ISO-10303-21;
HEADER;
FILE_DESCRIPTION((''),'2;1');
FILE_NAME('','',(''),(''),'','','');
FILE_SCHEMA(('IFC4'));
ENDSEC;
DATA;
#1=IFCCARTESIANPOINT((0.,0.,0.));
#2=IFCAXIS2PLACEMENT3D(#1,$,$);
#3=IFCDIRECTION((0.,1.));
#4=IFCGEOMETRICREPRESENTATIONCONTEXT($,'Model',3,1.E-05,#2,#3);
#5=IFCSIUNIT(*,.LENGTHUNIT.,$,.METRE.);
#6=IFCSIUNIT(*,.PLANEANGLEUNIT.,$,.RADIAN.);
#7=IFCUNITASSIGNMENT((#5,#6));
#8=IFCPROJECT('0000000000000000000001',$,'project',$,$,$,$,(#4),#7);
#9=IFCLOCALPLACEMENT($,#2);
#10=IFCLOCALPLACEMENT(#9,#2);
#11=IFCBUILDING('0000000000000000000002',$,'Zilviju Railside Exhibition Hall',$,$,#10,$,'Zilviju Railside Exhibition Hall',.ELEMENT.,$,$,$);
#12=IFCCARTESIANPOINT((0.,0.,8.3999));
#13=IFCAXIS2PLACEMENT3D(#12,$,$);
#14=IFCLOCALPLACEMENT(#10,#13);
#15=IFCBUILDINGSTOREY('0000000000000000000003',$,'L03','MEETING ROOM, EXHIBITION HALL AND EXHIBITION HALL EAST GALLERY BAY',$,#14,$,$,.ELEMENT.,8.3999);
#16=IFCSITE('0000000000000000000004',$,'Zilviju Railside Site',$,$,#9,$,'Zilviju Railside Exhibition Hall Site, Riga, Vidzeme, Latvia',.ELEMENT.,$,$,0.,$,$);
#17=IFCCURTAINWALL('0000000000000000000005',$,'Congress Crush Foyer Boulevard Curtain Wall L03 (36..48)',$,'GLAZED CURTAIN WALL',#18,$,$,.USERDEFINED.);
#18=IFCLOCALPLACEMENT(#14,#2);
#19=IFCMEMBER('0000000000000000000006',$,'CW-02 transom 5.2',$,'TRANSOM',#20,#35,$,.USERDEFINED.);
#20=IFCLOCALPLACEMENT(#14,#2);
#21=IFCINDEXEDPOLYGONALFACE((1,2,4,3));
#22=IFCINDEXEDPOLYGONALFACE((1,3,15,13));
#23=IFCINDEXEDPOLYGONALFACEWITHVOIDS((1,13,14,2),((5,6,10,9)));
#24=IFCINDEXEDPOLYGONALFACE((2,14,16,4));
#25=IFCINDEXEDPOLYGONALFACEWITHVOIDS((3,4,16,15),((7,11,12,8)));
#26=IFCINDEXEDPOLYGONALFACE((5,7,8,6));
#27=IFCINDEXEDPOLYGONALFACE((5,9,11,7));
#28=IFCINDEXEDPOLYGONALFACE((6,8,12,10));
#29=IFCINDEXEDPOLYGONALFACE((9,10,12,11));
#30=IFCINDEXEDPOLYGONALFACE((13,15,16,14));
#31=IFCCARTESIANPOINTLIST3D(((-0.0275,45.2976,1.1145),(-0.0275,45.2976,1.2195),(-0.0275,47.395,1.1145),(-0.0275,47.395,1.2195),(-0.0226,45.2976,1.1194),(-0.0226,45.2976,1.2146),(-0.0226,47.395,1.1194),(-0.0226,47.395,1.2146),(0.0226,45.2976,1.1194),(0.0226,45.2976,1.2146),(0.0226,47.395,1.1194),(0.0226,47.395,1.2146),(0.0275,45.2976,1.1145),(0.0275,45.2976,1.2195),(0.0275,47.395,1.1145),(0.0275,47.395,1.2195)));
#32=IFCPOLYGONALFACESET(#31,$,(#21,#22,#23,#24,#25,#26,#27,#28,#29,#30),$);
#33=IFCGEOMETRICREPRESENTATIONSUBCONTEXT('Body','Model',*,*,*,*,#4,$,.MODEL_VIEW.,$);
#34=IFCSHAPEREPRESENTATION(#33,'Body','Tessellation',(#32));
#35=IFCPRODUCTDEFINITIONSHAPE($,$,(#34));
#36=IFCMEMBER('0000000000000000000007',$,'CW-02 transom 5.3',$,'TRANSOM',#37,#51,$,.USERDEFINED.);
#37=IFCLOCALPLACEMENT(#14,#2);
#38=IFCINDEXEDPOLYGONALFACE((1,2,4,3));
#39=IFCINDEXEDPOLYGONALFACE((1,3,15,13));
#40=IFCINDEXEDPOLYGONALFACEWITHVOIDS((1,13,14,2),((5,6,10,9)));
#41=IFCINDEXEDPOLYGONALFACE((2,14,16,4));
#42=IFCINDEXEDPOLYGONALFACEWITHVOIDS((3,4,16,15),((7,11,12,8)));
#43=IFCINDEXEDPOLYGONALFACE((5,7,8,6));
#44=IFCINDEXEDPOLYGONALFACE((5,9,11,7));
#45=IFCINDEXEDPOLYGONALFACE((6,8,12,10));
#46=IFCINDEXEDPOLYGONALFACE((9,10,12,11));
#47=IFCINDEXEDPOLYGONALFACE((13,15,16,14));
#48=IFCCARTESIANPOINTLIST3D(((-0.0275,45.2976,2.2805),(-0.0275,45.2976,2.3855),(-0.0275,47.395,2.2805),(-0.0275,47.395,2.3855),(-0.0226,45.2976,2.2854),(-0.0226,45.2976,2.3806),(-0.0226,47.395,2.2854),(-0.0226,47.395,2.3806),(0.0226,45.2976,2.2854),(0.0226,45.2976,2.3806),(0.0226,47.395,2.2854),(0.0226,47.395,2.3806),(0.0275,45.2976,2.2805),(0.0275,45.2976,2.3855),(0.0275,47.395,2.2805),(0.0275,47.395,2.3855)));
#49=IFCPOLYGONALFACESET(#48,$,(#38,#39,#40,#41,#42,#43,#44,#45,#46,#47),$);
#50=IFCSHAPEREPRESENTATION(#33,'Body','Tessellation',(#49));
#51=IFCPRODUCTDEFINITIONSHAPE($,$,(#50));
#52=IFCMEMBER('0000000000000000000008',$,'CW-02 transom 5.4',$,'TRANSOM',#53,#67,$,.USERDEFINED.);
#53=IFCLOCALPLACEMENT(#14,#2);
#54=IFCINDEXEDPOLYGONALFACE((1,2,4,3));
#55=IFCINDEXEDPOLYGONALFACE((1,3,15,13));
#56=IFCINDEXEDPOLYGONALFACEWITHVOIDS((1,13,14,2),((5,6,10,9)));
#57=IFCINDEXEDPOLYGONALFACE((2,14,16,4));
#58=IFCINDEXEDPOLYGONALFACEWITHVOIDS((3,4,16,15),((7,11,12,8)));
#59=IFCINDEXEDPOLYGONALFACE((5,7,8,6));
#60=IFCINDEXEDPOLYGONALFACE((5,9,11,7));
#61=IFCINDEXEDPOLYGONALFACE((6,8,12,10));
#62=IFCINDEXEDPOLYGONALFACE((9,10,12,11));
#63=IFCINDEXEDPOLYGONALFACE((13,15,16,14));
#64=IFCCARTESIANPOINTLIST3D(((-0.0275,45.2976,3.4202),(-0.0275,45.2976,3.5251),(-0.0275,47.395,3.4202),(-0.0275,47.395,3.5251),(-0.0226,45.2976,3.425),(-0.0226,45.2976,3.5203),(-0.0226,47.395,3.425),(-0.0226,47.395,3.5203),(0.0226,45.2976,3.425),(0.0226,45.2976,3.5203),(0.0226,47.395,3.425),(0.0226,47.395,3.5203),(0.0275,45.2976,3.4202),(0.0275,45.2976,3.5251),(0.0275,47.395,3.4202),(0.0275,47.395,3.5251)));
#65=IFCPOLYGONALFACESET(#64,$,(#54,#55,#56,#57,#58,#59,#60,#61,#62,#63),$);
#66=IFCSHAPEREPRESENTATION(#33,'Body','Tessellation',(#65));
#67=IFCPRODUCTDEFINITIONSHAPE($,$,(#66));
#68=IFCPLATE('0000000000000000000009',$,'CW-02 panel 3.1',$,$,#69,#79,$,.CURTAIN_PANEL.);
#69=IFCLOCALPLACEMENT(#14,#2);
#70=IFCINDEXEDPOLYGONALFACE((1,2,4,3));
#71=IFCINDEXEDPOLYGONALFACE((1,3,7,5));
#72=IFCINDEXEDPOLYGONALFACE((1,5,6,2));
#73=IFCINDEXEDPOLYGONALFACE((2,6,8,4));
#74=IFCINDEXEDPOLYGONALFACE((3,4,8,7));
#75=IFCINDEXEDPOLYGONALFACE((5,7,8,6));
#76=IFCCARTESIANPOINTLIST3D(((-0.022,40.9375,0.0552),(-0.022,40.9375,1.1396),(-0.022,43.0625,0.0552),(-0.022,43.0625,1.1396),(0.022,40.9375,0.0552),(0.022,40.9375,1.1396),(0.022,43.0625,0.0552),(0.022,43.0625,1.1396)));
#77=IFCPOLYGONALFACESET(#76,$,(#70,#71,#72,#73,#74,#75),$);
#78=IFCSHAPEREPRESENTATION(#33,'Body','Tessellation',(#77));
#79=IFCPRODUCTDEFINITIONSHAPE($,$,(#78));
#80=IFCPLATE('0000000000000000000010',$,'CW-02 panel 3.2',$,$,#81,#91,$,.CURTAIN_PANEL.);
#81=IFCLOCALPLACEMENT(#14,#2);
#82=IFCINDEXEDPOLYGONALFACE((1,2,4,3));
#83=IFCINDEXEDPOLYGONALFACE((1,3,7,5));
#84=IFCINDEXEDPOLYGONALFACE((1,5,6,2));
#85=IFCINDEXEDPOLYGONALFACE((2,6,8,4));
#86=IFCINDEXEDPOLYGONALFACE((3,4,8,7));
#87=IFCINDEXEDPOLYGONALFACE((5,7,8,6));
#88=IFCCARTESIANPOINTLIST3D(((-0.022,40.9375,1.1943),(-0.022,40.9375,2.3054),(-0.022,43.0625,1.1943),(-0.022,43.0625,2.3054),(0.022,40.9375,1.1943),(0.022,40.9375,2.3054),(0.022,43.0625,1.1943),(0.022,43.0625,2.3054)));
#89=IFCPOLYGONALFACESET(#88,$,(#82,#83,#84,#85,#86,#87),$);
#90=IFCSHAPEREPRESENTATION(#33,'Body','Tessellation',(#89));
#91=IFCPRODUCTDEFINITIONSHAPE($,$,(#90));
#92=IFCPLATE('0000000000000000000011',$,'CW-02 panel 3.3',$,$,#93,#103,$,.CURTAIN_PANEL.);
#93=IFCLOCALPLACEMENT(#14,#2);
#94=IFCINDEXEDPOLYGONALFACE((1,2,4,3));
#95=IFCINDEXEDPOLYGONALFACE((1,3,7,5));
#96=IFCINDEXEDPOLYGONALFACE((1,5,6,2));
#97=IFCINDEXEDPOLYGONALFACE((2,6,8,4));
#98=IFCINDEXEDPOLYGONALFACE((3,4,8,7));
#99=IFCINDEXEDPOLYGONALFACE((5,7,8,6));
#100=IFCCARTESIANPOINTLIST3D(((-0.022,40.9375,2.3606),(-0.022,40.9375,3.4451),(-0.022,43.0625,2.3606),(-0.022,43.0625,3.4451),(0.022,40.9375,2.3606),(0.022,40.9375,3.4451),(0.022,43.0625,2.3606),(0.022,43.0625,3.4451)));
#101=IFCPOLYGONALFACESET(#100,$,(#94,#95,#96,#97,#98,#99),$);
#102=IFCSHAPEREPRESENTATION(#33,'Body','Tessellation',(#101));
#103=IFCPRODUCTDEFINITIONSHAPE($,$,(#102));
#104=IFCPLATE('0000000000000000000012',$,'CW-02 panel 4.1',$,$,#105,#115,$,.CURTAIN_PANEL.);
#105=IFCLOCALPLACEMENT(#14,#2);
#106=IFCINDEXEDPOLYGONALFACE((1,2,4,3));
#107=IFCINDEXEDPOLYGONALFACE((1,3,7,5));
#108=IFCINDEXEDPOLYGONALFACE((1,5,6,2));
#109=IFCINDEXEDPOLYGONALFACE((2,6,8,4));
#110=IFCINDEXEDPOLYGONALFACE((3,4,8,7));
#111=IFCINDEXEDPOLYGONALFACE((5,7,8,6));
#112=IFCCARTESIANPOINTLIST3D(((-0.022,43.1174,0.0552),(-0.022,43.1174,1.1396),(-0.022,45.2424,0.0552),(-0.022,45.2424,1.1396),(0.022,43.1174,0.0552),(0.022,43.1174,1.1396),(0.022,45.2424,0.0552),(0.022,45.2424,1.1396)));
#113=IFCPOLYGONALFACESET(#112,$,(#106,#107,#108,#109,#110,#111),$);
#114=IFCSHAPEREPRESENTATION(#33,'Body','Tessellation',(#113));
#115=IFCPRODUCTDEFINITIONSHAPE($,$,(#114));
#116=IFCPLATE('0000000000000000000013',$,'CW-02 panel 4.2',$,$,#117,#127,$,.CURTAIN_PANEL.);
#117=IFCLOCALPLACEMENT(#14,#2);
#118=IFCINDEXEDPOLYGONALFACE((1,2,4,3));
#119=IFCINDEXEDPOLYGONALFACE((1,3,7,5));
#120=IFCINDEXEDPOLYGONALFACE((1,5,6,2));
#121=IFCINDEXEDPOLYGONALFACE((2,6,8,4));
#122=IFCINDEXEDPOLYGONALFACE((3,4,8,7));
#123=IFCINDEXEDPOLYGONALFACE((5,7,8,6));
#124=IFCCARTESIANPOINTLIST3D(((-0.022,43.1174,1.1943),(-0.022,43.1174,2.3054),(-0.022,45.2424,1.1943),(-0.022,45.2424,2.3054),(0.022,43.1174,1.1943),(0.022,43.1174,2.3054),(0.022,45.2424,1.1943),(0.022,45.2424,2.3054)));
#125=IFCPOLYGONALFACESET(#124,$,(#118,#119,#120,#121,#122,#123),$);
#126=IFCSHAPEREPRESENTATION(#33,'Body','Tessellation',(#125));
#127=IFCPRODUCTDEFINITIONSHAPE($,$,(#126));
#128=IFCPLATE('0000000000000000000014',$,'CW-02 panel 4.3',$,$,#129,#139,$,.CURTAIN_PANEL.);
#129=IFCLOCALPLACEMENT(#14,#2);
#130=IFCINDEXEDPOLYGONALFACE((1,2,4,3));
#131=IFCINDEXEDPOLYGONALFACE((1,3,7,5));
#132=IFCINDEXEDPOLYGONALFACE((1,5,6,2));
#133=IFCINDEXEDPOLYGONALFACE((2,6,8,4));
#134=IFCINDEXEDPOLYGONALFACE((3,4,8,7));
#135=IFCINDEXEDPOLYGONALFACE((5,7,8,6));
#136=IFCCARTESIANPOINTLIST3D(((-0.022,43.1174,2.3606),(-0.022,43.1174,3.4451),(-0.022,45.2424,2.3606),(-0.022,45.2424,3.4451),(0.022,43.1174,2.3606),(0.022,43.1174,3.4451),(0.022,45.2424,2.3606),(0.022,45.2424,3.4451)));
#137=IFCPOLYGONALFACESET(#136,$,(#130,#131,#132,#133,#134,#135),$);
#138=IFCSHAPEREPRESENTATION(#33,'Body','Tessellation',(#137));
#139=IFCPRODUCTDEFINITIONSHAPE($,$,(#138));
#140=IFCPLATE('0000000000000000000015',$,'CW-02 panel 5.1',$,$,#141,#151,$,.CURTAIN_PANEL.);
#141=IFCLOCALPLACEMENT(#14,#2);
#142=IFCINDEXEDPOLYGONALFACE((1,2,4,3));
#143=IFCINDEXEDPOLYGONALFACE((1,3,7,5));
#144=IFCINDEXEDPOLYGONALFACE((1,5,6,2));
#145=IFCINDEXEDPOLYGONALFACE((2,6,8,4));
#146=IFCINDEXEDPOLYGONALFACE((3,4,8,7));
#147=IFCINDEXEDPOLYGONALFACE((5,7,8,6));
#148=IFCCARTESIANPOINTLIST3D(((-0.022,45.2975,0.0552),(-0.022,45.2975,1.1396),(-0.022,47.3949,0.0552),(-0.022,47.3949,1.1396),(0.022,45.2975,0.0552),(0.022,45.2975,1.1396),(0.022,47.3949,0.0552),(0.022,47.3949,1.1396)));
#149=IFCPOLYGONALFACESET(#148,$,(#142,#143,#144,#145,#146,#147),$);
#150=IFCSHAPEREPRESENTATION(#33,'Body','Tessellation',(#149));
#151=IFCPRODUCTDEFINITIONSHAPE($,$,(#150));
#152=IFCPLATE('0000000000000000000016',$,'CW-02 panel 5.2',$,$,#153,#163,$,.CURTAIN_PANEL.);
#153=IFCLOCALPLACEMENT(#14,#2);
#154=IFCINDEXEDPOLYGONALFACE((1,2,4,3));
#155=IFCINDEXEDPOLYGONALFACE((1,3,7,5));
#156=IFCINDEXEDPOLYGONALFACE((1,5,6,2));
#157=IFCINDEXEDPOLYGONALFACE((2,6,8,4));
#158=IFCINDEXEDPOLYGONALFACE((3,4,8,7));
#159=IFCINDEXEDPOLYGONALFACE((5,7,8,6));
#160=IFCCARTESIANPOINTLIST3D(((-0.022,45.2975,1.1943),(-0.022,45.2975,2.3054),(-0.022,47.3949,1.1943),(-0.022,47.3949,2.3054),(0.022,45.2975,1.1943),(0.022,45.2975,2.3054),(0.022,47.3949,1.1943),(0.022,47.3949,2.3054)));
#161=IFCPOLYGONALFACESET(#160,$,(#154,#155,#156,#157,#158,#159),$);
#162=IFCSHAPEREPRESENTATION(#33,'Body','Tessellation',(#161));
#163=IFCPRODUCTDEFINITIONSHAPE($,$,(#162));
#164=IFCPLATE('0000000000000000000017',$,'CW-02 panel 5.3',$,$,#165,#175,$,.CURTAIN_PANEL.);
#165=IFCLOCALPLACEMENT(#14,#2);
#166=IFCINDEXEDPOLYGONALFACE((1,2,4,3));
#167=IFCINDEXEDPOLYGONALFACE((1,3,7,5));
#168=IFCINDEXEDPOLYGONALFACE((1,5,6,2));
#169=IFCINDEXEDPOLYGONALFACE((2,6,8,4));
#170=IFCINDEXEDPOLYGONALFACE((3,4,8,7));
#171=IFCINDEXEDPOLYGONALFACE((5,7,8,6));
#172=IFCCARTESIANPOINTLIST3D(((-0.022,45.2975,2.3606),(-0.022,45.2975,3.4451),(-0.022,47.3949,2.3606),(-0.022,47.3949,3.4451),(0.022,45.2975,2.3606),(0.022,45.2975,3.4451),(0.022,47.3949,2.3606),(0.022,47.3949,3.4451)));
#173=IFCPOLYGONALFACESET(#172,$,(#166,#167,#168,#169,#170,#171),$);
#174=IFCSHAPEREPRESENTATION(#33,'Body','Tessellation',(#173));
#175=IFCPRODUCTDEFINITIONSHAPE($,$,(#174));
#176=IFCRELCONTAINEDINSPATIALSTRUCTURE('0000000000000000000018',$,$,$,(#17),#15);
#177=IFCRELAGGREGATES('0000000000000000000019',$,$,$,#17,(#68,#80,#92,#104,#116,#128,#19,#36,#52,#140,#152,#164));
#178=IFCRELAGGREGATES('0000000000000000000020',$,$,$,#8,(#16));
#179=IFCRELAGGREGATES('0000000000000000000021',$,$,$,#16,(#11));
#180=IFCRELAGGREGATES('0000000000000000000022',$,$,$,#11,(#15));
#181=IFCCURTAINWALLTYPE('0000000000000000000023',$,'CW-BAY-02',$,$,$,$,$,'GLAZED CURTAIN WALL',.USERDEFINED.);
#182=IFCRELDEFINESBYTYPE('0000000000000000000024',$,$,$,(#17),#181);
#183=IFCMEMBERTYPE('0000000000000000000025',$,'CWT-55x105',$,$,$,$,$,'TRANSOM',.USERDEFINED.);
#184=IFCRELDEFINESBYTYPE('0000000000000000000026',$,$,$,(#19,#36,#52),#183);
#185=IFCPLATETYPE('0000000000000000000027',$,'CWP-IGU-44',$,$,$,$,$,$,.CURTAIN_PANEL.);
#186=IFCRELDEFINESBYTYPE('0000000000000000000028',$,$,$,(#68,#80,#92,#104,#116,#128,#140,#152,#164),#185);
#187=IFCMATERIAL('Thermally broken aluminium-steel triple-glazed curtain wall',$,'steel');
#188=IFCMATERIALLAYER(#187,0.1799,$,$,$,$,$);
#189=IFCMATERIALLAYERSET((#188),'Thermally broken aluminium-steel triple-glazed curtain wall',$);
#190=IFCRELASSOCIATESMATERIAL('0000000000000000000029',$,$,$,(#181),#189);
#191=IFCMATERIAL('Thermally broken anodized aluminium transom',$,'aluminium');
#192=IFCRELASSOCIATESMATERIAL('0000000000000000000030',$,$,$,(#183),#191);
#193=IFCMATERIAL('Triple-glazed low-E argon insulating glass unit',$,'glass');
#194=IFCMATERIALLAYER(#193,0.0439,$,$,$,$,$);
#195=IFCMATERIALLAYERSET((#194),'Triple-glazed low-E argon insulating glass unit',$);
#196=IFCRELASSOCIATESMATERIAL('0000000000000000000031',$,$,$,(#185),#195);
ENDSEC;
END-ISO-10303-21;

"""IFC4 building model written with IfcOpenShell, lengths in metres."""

from ifc_helpers import new_model, si_unit, direction, frame, origin, origin_2d, place, context, subcontext, project, spatial, rectangle, hollow_rectangle, extrude, material, layer, layer_set, material_profile, profile_set, type_object, element, aggregate, save


model = new_model("IFC4")

# Units and contexts
model_context = context("Model", 3, precision=1e-05, world=origin(), true_north=direction((0.0, 1.0)))
body_context = subcontext(model_context, "Body", "Model", "MODEL_VIEW")
ifc_project = project(units=[si_unit("LENGTHUNIT", "METRE"), si_unit("PLANEANGLEUNIT", "RADIAN")], contexts=[model_context])

# Site, building, storey
site_placement = place(None, origin())
site = spatial("IfcSite", under=ifc_project, at=site_placement, Name="Zilviju Railside Site", LongName="Zilviju Railside Exhibition Hall Site, Riga, Vidzeme, Latvia", CompositionType="ELEMENT", RefElevation=0.0)
building_placement = place(site_placement, origin())
building = spatial("IfcBuilding", under=site, at=building_placement, Name="Zilviju Railside Exhibition Hall", LongName="Zilviju Railside Exhibition Hall", CompositionType="ELEMENT")
storey_placement = place(building_placement, frame((0.0, 0.0, 8.3999)))
storey = spatial("IfcBuildingStorey", under=building, at=storey_placement, Name="L03", Description="MEETING ROOM, EXHIBITION HALL AND EXHIBITION HALL EAST GALLERY BAY", CompositionType="ELEMENT", Elevation=8.3999)

# Curtain wall, members, plates
ifc_material_1 = material(Name="Thermally broken aluminium-steel triple-glazed curtain wall", Category="steel")
ifc_layer_1 = layer(ifc_material_1, 0.1799)
ifc_layer_set_1 = layer_set([ifc_layer_1], Name="Thermally broken aluminium-steel triple-glazed curtain wall")
curtain_wall_type = type_object("IfcCurtainWallType", Name="CW-BAY-02", ElementType="GLAZED CURTAIN WALL", PredefinedType="USERDEFINED", material=ifc_layer_set_1)
curtain_wall_placement = place(storey_placement, origin())
curtain_wall = element("IfcCurtainWall", 1, at=curtain_wall_placement, inside=storey, type_object=curtain_wall_type, Name="Congress Crush Foyer Boulevard Curtain Wall L03 (36..48)", ObjectType="GLAZED CURTAIN WALL", PredefinedType="USERDEFINED")
ifc_material_2 = material(Name="Thermally broken anodized aluminium transom", Category="aluminium")
ifc_material_profile_1 = material_profile(ifc_material_2, hollow_rectangle(XDim=0.0549, YDim=0.105, WallThickness=0.0049, at=origin_2d()), Name="TRANSOM 105x55x5")
ifc_profile_set_1 = profile_set([ifc_material_profile_1], Name="Thermally broken anodized aluminium transom")
member_type_1 = type_object("IfcMemberType", Name="CWT-55x105", ElementType="TRANSOM", PredefinedType="USERDEFINED", material=ifc_profile_set_1)
member_1_placement = place(storey_placement, frame((0.0, 45.2976, 1.167), z_axis=(0.0, 1.0, 0.0), x_axis=(-1.0, 0.0, 0.0)))
member_1 = element("IfcMember", 2, at=member_1_placement, type_object=member_type_1, Name="CW-02 transom 5.2", ObjectType="TRANSOM", PredefinedType="USERDEFINED", context=body_context, shape_type="SweptSolid", body=[
    extrude(hollow_rectangle(XDim=0.0549, YDim=0.105, WallThickness=0.0049, at=origin_2d()), origin(), (0.0, 0.0, 1.0), 2.0974),
])
member_2_placement = place(storey_placement, frame((0.0, 45.2976, 2.333), z_axis=(0.0, 1.0, 0.0), x_axis=(-1.0, 0.0, 0.0)))
member_2 = element("IfcMember", 3, at=member_2_placement, type_object=member_type_1, Name="CW-02 transom 5.3", ObjectType="TRANSOM", PredefinedType="USERDEFINED", context=body_context, shape_type="SweptSolid", body=[
    extrude(hollow_rectangle(XDim=0.0549, YDim=0.105, WallThickness=0.0049, at=origin_2d()), origin(), (0.0, 0.0, 1.0), 2.0974),
])
member_3_placement = place(storey_placement, frame((0.0, 45.2976, 3.4727), z_axis=(0.0, 1.0, 0.0), x_axis=(-1.0, 0.0, 0.0)))
member_3 = element("IfcMember", 4, at=member_3_placement, type_object=member_type_1, Name="CW-02 transom 5.4", ObjectType="TRANSOM", PredefinedType="USERDEFINED", context=body_context, shape_type="SweptSolid", body=[
    extrude(hollow_rectangle(XDim=0.0549, YDim=0.105, WallThickness=0.0049, at=origin_2d()), origin(), (0.0, 0.0, 1.0), 2.0974),
])
ifc_material_3 = material(Name="Triple-glazed low-E argon insulating glass unit", Category="glass")
ifc_layer_2 = layer(ifc_material_3, 0.0439)
ifc_layer_set_2 = layer_set([ifc_layer_2], Name="Triple-glazed low-E argon insulating glass unit")
plate_type = type_object("IfcPlateType", Name="CWP-IGU-44", PredefinedType="CURTAIN_PANEL", material=ifc_layer_set_2)
plate_1_placement = place(storey_placement, frame((0.0, 42.0, 0.0552), z_axis=(0.0, 0.0, 1.0), x_axis=(0.0, 1.0, 0.0)))
plate_1 = element("IfcPlate", 5, at=plate_1_placement, type_object=plate_type, Name="CW-02 panel 3.1", PredefinedType="CURTAIN_PANEL", context=body_context, shape_type="SweptSolid", body=[
    extrude(rectangle(XDim=2.125, YDim=0.0439, at=origin_2d()), origin(), (0.0, 0.0, 1.0), 1.0845),
])
plate_2_placement = place(storey_placement, frame((0.0, 42.0, 1.1943), z_axis=(0.0, 0.0, 1.0), x_axis=(0.0, 1.0, 0.0)))
plate_2 = element("IfcPlate", 6, at=plate_2_placement, type_object=plate_type, Name="CW-02 panel 3.2", PredefinedType="CURTAIN_PANEL", context=body_context, shape_type="SweptSolid", body=[
    extrude(rectangle(XDim=2.125, YDim=0.0439, at=origin_2d()), origin(), (0.0, 0.0, 1.0), 1.1111),
])
plate_3_placement = place(storey_placement, frame((0.0, 42.0, 2.3606), z_axis=(0.0, 0.0, 1.0), x_axis=(0.0, 1.0, 0.0)))
plate_3 = element("IfcPlate", 7, at=plate_3_placement, type_object=plate_type, Name="CW-02 panel 3.3", PredefinedType="CURTAIN_PANEL", context=body_context, shape_type="SweptSolid", body=[
    extrude(rectangle(XDim=2.125, YDim=0.0439, at=origin_2d()), origin(), (0.0, 0.0, 1.0), 1.0845),
])
plate_4_placement = place(storey_placement, frame((0.0, 44.1799, 0.0552), z_axis=(0.0, 0.0, 1.0), x_axis=(0.0, 1.0, 0.0)))
plate_4 = element("IfcPlate", 8, at=plate_4_placement, type_object=plate_type, Name="CW-02 panel 4.1", PredefinedType="CURTAIN_PANEL", context=body_context, shape_type="SweptSolid", body=[
    extrude(rectangle(XDim=2.125, YDim=0.0439, at=origin_2d()), origin(), (0.0, 0.0, 1.0), 1.0845),
])
plate_5_placement = place(storey_placement, frame((0.0, 44.1799, 1.1943), z_axis=(0.0, 0.0, 1.0), x_axis=(0.0, 1.0, 0.0)))
plate_5 = element("IfcPlate", 9, at=plate_5_placement, type_object=plate_type, Name="CW-02 panel 4.2", PredefinedType="CURTAIN_PANEL", context=body_context, shape_type="SweptSolid", body=[
    extrude(rectangle(XDim=2.125, YDim=0.0439, at=origin_2d()), origin(), (0.0, 0.0, 1.0), 1.1111),
])
plate_6_placement = place(storey_placement, frame((0.0, 44.1799, 2.3606), z_axis=(0.0, 0.0, 1.0), x_axis=(0.0, 1.0, 0.0)))
plate_6 = element("IfcPlate", 10, at=plate_6_placement, type_object=plate_type, Name="CW-02 panel 4.3", PredefinedType="CURTAIN_PANEL", context=body_context, shape_type="SweptSolid", body=[
    extrude(rectangle(XDim=2.125, YDim=0.0439, at=origin_2d()), origin(), (0.0, 0.0, 1.0), 1.0845),
])
plate_7_placement = place(storey_placement, frame((0.0, 46.3462, 0.0552), z_axis=(0.0, 0.0, 1.0), x_axis=(0.0, 1.0, 0.0)))
plate_7 = element("IfcPlate", 11, at=plate_7_placement, type_object=plate_type, Name="CW-02 panel 5.1", PredefinedType="CURTAIN_PANEL", context=body_context, shape_type="SweptSolid", body=[
    extrude(rectangle(XDim=2.0974, YDim=0.0439, at=origin_2d()), origin(), (0.0, 0.0, 1.0), 1.0845),
])
plate_8_placement = place(storey_placement, frame((0.0, 46.3462, 1.1943), z_axis=(0.0, 0.0, 1.0), x_axis=(0.0, 1.0, 0.0)))
plate_8 = element("IfcPlate", 12, at=plate_8_placement, type_object=plate_type, Name="CW-02 panel 5.2", PredefinedType="CURTAIN_PANEL", context=body_context, shape_type="SweptSolid", body=[
    extrude(rectangle(XDim=2.0974, YDim=0.0439, at=origin_2d()), origin(), (0.0, 0.0, 1.0), 1.1111),
])
plate_9_placement = place(storey_placement, frame((0.0, 46.3462, 2.3606), z_axis=(0.0, 0.0, 1.0), x_axis=(0.0, 1.0, 0.0)))
plate_9 = element("IfcPlate", 13, at=plate_9_placement, type_object=plate_type, Name="CW-02 panel 5.3", PredefinedType="CURTAIN_PANEL", context=body_context, shape_type="SweptSolid", body=[
    extrude(rectangle(XDim=2.0974, YDim=0.0439, at=origin_2d()), origin(), (0.0, 0.0, 1.0), 1.0845),
])
aggregate(curtain_wall, [plate_1, plate_2, plate_3, plate_4, plate_5, plate_6, member_1, member_2, member_3, plate_7, plate_8, plate_9])

save(model, "model.ifc")
